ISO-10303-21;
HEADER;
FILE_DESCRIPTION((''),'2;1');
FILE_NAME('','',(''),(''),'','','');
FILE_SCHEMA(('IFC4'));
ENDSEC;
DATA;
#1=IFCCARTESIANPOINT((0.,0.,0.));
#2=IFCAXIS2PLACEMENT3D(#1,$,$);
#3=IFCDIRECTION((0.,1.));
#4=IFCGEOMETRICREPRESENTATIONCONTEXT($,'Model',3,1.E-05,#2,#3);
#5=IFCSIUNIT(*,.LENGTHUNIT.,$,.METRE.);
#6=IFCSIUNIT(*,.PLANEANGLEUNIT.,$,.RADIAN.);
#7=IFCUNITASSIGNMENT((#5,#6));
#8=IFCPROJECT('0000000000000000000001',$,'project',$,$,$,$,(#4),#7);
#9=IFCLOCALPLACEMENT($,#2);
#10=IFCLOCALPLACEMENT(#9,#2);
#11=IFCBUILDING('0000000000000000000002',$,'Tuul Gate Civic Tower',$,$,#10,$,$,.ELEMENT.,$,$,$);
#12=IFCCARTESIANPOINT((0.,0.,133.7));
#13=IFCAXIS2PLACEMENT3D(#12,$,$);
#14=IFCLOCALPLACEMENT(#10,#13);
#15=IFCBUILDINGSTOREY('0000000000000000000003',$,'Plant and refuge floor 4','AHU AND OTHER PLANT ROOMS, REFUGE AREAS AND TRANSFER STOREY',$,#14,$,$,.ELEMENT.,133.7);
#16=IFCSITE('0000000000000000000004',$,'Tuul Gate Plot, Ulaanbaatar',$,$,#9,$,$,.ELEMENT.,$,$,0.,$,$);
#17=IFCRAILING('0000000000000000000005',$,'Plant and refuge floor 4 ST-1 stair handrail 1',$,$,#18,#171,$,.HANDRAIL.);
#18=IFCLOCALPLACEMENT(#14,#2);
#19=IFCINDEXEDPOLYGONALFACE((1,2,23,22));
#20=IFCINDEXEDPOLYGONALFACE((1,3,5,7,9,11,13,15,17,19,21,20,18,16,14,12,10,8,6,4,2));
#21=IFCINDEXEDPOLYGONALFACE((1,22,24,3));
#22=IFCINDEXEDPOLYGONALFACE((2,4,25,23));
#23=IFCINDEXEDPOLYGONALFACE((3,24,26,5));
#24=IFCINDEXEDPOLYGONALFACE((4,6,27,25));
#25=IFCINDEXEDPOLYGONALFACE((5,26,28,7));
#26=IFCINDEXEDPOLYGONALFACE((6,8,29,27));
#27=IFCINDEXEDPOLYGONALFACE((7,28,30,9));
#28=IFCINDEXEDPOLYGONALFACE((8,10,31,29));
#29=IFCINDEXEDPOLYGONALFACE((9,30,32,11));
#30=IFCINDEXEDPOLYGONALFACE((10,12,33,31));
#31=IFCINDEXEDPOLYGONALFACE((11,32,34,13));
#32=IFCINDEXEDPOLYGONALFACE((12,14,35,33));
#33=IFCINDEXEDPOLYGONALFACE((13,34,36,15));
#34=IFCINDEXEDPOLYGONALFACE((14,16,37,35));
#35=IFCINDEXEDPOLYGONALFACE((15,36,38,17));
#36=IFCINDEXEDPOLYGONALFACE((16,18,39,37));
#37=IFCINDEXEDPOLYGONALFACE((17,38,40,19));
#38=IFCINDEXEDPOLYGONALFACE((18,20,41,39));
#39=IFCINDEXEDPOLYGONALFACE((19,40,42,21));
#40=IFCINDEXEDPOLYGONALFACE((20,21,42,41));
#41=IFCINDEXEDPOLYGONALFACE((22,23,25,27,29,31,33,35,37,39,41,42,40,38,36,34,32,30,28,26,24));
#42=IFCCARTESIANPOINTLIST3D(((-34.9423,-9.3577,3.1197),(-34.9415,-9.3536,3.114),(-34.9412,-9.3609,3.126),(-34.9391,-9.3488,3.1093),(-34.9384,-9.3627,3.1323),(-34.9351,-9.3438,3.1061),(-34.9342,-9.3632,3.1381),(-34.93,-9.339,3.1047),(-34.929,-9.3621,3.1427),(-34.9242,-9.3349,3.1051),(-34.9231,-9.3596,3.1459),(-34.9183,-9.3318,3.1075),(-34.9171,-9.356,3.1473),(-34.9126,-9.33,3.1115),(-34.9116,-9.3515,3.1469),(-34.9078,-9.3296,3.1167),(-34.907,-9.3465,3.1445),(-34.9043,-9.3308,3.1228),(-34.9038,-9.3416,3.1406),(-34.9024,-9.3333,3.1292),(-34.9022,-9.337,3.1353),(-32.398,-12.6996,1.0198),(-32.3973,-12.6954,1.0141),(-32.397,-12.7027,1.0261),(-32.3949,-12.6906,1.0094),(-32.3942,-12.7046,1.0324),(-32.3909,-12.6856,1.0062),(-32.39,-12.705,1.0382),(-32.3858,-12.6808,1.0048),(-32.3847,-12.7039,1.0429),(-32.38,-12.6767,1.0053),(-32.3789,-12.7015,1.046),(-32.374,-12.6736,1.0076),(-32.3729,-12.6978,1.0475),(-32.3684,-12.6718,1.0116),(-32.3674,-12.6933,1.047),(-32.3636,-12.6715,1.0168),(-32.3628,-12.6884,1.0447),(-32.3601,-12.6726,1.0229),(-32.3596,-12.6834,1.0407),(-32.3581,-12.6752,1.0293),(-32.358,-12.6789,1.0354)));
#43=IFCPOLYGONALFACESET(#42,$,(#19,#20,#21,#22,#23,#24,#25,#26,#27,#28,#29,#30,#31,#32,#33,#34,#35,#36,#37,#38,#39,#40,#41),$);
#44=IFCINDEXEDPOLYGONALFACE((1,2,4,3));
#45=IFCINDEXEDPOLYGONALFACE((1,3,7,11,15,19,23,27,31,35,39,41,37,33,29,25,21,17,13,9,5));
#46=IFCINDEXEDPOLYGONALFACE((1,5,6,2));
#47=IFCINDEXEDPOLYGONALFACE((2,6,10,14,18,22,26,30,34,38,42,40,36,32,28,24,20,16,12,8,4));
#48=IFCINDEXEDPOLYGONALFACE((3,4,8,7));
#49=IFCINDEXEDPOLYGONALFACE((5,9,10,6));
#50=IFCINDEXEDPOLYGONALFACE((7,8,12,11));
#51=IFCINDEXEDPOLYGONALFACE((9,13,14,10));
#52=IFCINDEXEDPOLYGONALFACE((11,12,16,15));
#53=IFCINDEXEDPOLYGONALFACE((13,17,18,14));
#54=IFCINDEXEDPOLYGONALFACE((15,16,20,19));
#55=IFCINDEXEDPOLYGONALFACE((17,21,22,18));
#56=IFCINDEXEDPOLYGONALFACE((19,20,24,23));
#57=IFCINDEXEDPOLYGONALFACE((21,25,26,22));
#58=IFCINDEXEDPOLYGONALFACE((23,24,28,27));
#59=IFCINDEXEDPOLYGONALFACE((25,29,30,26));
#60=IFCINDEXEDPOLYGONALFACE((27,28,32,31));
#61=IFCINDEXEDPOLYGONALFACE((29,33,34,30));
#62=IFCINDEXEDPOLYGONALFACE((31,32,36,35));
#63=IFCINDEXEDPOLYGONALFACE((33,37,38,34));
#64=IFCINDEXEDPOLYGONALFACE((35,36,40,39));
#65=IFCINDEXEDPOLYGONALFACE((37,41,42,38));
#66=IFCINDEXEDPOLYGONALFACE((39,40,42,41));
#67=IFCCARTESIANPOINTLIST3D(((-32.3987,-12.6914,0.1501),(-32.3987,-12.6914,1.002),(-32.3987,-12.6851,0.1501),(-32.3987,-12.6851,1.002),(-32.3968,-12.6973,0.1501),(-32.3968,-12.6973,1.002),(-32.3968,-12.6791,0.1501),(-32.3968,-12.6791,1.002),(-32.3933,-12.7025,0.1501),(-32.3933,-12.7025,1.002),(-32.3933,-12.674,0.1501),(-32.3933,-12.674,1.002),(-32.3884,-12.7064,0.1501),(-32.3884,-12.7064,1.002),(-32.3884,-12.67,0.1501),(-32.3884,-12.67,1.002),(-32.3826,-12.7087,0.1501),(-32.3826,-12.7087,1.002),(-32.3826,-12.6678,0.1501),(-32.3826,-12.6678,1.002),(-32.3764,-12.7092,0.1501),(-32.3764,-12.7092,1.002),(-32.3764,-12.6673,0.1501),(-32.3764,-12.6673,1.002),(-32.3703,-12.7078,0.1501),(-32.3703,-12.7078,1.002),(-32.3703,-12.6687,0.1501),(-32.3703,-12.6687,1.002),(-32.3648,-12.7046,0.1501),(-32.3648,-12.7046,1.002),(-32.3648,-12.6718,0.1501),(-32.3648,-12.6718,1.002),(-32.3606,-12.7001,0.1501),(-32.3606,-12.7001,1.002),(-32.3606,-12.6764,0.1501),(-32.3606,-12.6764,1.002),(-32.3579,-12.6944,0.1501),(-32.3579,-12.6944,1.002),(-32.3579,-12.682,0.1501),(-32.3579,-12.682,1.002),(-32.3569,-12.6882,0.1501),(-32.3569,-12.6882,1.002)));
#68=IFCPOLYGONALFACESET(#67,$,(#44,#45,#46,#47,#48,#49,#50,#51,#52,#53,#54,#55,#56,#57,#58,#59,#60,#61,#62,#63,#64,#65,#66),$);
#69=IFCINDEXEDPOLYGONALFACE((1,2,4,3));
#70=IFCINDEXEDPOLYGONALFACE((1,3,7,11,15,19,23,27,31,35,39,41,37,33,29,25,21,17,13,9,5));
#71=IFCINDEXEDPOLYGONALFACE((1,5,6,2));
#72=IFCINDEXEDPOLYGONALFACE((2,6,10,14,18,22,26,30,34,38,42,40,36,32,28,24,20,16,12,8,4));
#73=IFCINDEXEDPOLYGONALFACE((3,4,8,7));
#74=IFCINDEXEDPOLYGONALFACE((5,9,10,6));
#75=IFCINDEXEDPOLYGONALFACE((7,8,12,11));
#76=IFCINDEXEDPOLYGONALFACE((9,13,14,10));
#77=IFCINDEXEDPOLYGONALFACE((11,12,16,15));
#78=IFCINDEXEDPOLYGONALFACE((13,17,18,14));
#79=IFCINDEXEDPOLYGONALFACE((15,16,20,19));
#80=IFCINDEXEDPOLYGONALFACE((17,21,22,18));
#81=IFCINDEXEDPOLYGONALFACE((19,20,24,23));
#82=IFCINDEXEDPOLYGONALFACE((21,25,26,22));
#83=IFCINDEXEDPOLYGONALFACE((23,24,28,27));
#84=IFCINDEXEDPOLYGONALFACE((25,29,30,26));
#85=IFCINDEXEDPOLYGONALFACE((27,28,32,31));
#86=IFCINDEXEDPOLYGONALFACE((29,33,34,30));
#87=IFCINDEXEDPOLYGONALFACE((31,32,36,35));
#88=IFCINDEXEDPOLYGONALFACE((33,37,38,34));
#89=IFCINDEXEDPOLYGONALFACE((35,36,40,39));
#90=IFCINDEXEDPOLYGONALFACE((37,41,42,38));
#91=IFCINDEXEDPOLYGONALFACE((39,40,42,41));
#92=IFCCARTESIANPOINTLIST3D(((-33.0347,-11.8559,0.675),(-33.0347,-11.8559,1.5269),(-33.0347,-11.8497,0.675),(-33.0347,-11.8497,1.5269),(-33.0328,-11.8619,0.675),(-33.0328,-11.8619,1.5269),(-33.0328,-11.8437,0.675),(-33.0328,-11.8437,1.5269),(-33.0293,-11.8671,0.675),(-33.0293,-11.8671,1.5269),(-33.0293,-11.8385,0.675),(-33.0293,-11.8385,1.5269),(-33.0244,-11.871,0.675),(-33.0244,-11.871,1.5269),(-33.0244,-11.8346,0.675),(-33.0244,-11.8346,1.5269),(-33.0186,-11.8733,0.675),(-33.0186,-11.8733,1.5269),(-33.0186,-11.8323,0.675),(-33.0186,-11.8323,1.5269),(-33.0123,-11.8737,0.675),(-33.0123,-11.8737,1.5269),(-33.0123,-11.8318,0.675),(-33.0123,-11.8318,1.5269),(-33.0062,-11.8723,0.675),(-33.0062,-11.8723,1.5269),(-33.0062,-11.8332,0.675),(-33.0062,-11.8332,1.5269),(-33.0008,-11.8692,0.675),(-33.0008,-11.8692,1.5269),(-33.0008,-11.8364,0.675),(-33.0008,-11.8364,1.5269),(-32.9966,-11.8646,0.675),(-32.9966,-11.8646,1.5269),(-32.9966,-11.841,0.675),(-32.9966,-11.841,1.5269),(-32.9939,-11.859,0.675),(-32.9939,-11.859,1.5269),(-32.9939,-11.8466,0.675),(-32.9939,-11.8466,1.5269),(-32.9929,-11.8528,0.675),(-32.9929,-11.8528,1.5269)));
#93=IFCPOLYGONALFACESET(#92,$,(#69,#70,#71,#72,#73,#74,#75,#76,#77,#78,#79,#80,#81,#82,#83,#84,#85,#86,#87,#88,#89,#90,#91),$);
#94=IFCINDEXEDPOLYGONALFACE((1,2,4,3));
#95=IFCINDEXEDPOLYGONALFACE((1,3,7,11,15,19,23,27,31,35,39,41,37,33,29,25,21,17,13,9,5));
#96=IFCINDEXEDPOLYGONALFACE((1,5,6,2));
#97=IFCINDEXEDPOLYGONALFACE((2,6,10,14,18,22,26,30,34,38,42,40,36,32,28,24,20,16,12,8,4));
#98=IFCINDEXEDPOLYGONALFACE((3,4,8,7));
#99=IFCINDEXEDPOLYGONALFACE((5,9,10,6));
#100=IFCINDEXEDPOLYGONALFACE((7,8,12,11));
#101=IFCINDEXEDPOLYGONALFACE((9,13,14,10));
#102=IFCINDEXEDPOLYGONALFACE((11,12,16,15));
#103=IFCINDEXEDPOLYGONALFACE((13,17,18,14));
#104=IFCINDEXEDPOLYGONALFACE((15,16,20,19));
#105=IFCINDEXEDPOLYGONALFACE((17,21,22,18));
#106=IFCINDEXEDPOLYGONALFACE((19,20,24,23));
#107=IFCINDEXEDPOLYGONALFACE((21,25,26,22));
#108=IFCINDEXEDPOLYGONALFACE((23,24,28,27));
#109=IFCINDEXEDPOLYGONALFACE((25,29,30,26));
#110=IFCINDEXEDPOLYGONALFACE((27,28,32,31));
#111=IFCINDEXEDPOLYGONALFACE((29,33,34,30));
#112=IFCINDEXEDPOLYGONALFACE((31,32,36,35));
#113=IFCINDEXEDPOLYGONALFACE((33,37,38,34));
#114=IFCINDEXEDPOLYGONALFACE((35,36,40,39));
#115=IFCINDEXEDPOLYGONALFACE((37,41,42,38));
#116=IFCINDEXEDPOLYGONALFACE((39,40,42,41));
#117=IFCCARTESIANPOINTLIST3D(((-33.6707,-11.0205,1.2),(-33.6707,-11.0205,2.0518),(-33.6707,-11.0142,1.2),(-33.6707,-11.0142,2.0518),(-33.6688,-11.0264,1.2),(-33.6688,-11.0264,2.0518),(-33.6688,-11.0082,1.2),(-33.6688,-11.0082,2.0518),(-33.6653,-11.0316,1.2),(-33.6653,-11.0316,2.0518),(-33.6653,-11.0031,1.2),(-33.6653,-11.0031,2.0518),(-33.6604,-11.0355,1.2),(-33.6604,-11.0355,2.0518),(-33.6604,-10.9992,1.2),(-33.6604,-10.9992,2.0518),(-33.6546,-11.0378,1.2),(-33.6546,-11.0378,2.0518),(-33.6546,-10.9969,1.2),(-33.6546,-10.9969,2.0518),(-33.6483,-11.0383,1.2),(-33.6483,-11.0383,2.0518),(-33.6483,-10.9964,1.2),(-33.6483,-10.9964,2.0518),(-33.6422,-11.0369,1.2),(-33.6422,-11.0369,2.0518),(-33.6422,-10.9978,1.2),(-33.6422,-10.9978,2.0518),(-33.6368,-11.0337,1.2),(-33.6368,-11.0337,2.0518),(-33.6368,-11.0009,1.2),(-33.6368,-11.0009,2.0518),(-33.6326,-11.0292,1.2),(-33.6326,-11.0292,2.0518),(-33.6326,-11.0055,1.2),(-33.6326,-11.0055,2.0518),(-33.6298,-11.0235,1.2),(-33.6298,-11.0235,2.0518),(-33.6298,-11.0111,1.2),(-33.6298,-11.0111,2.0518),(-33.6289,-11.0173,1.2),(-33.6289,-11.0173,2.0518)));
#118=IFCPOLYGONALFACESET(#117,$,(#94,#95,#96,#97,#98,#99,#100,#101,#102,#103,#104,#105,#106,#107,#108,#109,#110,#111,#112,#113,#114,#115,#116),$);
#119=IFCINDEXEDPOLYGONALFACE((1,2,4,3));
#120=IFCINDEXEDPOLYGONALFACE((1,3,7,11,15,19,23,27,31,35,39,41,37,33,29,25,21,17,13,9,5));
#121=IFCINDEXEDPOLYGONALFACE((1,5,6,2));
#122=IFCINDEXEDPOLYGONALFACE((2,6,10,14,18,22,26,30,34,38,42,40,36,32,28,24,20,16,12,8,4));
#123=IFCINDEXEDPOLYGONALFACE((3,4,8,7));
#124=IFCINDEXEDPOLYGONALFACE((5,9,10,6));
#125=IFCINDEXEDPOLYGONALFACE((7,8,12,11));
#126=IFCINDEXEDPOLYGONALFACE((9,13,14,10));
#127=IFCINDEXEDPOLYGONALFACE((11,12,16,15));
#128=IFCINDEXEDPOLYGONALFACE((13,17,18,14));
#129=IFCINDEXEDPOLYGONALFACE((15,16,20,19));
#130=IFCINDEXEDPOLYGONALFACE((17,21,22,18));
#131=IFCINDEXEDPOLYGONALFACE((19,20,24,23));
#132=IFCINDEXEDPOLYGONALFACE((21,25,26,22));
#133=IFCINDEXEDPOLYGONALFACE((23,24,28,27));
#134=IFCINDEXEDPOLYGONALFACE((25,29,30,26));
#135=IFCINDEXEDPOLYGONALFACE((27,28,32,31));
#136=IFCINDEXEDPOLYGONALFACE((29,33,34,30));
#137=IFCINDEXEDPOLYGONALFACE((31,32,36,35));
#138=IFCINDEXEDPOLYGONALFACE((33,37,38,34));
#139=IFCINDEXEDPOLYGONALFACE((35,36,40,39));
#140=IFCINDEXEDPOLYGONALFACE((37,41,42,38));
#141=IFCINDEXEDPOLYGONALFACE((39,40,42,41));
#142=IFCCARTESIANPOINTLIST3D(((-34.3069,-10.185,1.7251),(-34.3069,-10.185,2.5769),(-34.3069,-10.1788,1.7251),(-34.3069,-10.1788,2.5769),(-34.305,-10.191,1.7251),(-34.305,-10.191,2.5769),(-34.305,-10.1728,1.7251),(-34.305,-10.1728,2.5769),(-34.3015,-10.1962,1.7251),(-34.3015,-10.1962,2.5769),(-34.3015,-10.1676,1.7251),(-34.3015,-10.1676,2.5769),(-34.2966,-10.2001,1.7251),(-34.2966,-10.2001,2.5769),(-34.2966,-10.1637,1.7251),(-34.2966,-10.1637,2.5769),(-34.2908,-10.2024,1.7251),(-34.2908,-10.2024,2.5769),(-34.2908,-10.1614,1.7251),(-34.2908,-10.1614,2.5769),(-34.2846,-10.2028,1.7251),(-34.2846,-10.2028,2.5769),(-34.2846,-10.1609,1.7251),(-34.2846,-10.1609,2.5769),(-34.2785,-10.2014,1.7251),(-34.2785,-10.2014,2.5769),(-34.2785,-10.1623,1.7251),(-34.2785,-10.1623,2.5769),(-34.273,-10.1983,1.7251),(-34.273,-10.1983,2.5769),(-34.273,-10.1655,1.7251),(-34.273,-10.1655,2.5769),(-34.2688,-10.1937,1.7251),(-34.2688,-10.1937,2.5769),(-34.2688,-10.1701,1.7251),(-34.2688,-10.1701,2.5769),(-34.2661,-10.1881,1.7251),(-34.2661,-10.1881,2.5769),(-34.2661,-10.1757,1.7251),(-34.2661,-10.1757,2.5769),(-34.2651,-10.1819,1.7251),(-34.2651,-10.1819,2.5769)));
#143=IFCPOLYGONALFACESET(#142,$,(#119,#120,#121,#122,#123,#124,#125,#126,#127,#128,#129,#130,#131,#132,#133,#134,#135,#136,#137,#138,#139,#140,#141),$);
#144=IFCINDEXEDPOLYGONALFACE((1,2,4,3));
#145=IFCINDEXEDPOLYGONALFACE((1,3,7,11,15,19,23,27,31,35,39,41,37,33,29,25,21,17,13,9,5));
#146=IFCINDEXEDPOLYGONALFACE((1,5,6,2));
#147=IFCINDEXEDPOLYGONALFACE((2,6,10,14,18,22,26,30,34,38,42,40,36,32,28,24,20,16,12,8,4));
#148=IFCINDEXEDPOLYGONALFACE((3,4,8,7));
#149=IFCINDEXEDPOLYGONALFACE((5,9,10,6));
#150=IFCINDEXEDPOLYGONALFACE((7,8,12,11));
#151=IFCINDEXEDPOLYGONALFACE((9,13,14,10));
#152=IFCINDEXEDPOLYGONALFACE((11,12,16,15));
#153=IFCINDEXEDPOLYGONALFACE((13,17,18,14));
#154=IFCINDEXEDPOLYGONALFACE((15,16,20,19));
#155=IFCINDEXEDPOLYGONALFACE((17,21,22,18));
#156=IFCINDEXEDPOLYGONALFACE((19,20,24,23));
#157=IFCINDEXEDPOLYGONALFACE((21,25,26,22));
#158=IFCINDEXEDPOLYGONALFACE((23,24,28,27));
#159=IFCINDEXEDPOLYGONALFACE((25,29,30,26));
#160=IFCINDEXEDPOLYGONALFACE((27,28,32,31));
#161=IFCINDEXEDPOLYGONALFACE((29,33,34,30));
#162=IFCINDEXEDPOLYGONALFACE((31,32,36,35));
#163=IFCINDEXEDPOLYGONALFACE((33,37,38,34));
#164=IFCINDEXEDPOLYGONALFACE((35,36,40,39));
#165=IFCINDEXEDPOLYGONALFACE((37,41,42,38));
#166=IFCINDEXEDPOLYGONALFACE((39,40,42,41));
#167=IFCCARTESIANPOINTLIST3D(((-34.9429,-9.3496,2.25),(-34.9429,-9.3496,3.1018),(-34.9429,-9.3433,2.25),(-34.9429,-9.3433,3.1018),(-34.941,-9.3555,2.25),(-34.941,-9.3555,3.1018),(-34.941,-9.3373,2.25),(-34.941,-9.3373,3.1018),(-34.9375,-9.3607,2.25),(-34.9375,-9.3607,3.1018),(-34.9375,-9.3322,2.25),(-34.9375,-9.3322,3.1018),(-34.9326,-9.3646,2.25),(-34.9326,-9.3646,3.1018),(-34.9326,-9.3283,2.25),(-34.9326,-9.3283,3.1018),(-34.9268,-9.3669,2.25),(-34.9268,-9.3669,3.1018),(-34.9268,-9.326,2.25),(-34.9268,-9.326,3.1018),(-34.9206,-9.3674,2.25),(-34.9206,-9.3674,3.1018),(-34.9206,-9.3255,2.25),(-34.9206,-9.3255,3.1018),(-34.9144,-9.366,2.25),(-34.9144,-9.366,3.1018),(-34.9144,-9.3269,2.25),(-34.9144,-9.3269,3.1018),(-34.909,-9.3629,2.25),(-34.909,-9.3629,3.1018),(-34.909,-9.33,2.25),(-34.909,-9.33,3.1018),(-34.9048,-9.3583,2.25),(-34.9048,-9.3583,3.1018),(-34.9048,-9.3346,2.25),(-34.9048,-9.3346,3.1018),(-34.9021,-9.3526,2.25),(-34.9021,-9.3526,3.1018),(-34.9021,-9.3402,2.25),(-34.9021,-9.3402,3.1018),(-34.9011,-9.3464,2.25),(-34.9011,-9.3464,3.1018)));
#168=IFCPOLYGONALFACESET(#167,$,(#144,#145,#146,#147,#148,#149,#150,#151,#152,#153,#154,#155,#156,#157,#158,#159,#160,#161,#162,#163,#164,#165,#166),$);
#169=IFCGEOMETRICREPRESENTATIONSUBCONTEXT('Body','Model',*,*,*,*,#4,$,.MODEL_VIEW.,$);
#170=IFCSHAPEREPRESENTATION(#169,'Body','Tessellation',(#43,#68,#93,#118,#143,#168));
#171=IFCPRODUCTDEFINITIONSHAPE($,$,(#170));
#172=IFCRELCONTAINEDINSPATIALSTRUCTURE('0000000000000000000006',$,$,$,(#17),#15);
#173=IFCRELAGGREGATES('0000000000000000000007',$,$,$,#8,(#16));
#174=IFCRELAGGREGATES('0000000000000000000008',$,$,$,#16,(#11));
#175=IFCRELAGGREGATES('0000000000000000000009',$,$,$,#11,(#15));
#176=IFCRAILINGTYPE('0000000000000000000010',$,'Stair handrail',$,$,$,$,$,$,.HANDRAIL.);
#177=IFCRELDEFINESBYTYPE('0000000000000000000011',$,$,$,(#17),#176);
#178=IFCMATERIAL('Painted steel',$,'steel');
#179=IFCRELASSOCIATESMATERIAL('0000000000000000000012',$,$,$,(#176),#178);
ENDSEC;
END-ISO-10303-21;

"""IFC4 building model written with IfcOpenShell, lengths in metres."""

from ifc_helpers import new_model, si_unit, direction, frame, origin, origin_2d, place, context, subcontext, project, spatial, circle, extrude, material, type_object, element, save


model = new_model("IFC4")

# Units and contexts
model_context = context("Model", 3, precision=1e-05, world=origin(), true_north=direction((0.0, 1.0)))
body_context = subcontext(model_context, "Body", "Model", "MODEL_VIEW")
ifc_project = project(units=[si_unit("LENGTHUNIT", "METRE"), si_unit("PLANEANGLEUNIT", "RADIAN")], contexts=[model_context])

# Site, building, storey
site_placement = place(None, origin())
site = spatial("IfcSite", under=ifc_project, at=site_placement, Name="Tuul Gate Plot, Ulaanbaatar", CompositionType="ELEMENT", RefElevation=0.0)
building_placement = place(site_placement, origin())
building = spatial("IfcBuilding", under=site, at=building_placement, Name="Tuul Gate Civic Tower", CompositionType="ELEMENT")
storey_placement = place(building_placement, frame((0.0, 0.0, 133.7)))
storey = spatial("IfcBuildingStorey", under=building, at=storey_placement, Name="Plant and refuge floor 4", Description="AHU AND OTHER PLANT ROOMS, REFUGE AREAS AND TRANSFER STOREY", CompositionType="ELEMENT", Elevation=133.7)

# Railing
ifc_material_1 = material(Name="Painted steel", Category="steel")
railing_type_1 = type_object("IfcRailingType", Name="Stair handrail", PredefinedType="HANDRAIL", material=ifc_material_1)
railing_1_placement = place(storey_placement, frame((-32.3779, -12.6882, 0.1501)))
element("IfcRailing", 1, at=railing_1_placement, inside=storey, type_object=railing_type_1, Name="Plant and refuge floor 4 ST-1 stair handrail 1", PredefinedType="HANDRAIL", context=body_context, shape_type="SweptSolid", body=[
    extrude(circle(Radius=0.0239, at=origin_2d()), frame((0.0, 0.0, 0.876), z_axis=(-0.541809, 0.711667, 0.447184), x_axis=(-0.795655, -0.605751, 0.0)), (0.0, 0.0, 1.0), 4.6958),
    extrude(circle(Radius=0.021, at=origin_2d()), origin(), (0.0, 0.0, 1.0), 0.8518),
    extrude(circle(Radius=0.021, at=origin_2d()), frame((-0.636, 0.8354, 0.5249)), (0.0, 0.0, 1.0), 0.8518),
    extrude(circle(Radius=0.021, at=origin_2d()), frame((-1.272, 1.6709, 1.0498)), (0.0, 0.0, 1.0), 0.8518),
    extrude(circle(Radius=0.021, at=origin_2d()), frame((-1.9082, 2.5063, 1.575)), (0.0, 0.0, 1.0), 0.8518),
    extrude(circle(Radius=0.021, at=origin_2d()), frame((-2.5442, 3.3418, 2.0999)), (0.0, 0.0, 1.0), 0.8518),
])

save(model, "model.ifc")
